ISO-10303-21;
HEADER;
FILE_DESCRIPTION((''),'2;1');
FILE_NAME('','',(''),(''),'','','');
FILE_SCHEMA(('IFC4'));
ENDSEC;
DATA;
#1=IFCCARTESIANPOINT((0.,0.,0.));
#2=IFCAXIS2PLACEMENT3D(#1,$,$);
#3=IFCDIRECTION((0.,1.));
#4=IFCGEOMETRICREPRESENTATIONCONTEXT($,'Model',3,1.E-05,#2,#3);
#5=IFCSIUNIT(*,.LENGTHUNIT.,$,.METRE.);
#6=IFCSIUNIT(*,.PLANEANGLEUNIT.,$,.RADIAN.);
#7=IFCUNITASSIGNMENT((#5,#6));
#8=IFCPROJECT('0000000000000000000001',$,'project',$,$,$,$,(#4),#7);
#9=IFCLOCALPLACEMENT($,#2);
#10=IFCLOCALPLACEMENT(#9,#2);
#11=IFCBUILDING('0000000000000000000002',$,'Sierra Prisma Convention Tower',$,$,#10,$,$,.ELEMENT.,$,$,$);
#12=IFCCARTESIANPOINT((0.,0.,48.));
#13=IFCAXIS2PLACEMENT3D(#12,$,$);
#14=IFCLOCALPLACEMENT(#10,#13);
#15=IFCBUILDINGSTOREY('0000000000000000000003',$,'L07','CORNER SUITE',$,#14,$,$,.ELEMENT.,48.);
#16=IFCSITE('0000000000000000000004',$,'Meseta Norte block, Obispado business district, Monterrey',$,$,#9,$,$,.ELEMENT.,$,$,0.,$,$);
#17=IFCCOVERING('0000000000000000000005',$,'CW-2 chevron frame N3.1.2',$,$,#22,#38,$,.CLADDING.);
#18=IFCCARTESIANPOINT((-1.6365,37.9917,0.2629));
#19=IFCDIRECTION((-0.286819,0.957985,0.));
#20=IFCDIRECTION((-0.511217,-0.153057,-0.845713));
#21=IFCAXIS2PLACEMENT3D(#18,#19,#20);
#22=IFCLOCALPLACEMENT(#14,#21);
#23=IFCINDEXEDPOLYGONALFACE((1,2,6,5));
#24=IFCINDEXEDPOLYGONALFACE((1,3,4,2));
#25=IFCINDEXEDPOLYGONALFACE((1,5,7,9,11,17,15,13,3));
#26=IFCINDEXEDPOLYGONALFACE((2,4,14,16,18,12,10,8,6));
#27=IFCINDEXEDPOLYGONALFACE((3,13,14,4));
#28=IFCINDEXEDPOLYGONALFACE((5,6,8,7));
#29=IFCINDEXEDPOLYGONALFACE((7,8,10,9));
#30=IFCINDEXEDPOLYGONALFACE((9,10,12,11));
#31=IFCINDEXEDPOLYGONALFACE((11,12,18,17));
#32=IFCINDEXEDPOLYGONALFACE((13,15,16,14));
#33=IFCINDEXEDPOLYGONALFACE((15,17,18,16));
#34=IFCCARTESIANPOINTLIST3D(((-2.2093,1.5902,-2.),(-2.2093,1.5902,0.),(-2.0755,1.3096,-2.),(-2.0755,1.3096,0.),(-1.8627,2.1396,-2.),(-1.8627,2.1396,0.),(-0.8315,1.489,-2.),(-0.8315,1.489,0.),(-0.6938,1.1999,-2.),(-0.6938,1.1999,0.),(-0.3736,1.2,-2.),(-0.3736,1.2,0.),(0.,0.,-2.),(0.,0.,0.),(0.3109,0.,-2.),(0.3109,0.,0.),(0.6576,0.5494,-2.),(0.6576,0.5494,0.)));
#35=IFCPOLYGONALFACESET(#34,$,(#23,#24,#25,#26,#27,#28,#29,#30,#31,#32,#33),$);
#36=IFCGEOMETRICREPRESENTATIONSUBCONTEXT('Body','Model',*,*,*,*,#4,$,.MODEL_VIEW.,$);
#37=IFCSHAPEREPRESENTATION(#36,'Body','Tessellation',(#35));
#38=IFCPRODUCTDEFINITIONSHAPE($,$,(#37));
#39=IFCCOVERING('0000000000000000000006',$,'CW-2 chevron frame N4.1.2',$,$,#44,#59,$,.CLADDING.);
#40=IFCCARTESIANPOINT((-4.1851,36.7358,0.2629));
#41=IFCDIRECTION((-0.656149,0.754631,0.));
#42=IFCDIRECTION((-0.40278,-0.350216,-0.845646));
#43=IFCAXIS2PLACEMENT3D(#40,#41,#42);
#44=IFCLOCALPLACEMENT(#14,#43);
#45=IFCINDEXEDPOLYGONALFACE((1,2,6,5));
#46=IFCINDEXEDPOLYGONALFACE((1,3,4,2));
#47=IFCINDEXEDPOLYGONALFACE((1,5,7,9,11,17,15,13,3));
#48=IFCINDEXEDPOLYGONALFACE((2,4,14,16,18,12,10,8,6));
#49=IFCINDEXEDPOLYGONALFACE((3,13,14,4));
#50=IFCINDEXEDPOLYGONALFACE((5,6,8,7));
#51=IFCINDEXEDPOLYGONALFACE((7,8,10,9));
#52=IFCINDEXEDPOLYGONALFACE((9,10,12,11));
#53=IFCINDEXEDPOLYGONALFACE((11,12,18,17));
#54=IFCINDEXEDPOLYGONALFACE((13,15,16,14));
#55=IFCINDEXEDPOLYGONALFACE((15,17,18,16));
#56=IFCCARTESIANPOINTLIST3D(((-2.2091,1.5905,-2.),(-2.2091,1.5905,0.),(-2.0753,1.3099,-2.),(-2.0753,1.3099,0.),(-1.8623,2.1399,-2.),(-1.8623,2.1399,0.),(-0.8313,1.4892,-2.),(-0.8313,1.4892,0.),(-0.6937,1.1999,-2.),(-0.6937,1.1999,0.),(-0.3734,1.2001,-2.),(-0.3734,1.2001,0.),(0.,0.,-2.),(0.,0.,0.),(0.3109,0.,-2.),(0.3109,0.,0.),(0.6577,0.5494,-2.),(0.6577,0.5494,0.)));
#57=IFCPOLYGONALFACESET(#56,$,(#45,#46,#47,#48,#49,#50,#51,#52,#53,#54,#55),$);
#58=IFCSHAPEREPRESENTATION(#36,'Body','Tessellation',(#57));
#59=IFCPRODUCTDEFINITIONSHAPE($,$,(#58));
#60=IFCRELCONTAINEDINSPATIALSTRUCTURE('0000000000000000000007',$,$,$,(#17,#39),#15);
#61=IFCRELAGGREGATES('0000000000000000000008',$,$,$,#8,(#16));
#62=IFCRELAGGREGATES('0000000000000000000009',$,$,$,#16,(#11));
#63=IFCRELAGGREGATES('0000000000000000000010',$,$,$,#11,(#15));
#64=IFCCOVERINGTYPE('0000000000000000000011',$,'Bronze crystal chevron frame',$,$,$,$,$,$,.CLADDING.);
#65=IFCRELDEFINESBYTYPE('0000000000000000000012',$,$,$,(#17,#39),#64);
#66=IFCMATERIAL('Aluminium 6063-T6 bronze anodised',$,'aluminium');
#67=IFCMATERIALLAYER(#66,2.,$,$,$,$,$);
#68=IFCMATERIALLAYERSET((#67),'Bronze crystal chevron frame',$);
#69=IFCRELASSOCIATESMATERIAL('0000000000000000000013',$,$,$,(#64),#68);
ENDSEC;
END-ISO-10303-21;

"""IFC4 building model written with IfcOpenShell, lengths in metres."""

from ifc_helpers import new_model, si_unit, direction, frame, origin, place, context, subcontext, project, spatial, polyline, outline, extrude, material, layer, layer_set, type_object, element, save


model = new_model("IFC4")

# Units and contexts
model_context = context("Model", 3, precision=1e-05, world=origin(), true_north=direction((0.0, 1.0)))
body_context = subcontext(model_context, "Body", "Model", "MODEL_VIEW")
ifc_project = project(units=[si_unit("LENGTHUNIT", "METRE"), si_unit("PLANEANGLEUNIT", "RADIAN")], contexts=[model_context])

# Site, building, storey
site_placement = place(None, origin())
site = spatial("IfcSite", under=ifc_project, at=site_placement, Name="Meseta Norte block, Obispado business district, Monterrey", CompositionType="ELEMENT", RefElevation=0.0)
building_placement = place(site_placement, origin())
building = spatial("IfcBuilding", under=site, at=building_placement, Name="Sierra Prisma Convention Tower", CompositionType="ELEMENT")
storey_placement = place(building_placement, frame((0.0, 0.0, 48.0)))
storey = spatial("IfcBuildingStorey", under=building, at=storey_placement, Name="L07", Description="CORNER SUITE", CompositionType="ELEMENT", Elevation=48.0)

# Coverings
ifc_material_1 = material(Name="Aluminium 6063-T6 bronze anodised", Category="aluminium")
ifc_layer_1 = layer(ifc_material_1, 2.0)
ifc_layer_set_1 = layer_set([ifc_layer_1], Name="Bronze crystal chevron frame")
covering_type = type_object("IfcCoveringType", Name="Bronze crystal chevron frame", PredefinedType="CLADDING", material=ifc_layer_set_1)
covering_1_placement = place(storey_placement, frame((-1.6365, 37.9917, 0.2629), z_axis=(-0.286819, 0.957985, 0.0), x_axis=(-0.511217, -0.153057, -0.845713)))
element("IfcCovering", 1, at=covering_1_placement, inside=storey, type_object=covering_type, Name="CW-2 chevron frame N3.1.2", PredefinedType="CLADDING", context=body_context, shape_type="SweptSolid", body=[
    extrude(outline(polyline([(0.0, 0.0), (0.3109, 0.0), (0.6576, 0.5494), (-0.3736, 1.2), (-0.6938, 1.1999), (-0.8315, 1.489), (-1.8627, 2.1396), (-2.2093, 1.5902), (-2.0755, 1.3096), (0.0, 0.0)])), origin(), (0.0, 0.0, -1.0), 2.0),
])
covering_2_placement = place(storey_placement, frame((-4.1851, 36.7358, 0.2629), z_axis=(-0.656149, 0.754631, 0.0), x_axis=(-0.40278, -0.350216, -0.845646)))
element("IfcCovering", 2, at=covering_2_placement, inside=storey, type_object=covering_type, Name="CW-2 chevron frame N4.1.2", PredefinedType="CLADDING", context=body_context, shape_type="SweptSolid", body=[
    extrude(outline(polyline([(0.0, 0.0), (0.3109, 0.0), (0.6577, 0.5494), (-0.3734, 1.2001), (-0.6937, 1.1999), (-0.8313, 1.4892), (-1.8623, 2.1399), (-2.2091, 1.5905), (-2.0753, 1.3099), (0.0, 0.0)])), origin(), (0.0, 0.0, -1.0), 2.0),
])

save(model, "model.ifc")
